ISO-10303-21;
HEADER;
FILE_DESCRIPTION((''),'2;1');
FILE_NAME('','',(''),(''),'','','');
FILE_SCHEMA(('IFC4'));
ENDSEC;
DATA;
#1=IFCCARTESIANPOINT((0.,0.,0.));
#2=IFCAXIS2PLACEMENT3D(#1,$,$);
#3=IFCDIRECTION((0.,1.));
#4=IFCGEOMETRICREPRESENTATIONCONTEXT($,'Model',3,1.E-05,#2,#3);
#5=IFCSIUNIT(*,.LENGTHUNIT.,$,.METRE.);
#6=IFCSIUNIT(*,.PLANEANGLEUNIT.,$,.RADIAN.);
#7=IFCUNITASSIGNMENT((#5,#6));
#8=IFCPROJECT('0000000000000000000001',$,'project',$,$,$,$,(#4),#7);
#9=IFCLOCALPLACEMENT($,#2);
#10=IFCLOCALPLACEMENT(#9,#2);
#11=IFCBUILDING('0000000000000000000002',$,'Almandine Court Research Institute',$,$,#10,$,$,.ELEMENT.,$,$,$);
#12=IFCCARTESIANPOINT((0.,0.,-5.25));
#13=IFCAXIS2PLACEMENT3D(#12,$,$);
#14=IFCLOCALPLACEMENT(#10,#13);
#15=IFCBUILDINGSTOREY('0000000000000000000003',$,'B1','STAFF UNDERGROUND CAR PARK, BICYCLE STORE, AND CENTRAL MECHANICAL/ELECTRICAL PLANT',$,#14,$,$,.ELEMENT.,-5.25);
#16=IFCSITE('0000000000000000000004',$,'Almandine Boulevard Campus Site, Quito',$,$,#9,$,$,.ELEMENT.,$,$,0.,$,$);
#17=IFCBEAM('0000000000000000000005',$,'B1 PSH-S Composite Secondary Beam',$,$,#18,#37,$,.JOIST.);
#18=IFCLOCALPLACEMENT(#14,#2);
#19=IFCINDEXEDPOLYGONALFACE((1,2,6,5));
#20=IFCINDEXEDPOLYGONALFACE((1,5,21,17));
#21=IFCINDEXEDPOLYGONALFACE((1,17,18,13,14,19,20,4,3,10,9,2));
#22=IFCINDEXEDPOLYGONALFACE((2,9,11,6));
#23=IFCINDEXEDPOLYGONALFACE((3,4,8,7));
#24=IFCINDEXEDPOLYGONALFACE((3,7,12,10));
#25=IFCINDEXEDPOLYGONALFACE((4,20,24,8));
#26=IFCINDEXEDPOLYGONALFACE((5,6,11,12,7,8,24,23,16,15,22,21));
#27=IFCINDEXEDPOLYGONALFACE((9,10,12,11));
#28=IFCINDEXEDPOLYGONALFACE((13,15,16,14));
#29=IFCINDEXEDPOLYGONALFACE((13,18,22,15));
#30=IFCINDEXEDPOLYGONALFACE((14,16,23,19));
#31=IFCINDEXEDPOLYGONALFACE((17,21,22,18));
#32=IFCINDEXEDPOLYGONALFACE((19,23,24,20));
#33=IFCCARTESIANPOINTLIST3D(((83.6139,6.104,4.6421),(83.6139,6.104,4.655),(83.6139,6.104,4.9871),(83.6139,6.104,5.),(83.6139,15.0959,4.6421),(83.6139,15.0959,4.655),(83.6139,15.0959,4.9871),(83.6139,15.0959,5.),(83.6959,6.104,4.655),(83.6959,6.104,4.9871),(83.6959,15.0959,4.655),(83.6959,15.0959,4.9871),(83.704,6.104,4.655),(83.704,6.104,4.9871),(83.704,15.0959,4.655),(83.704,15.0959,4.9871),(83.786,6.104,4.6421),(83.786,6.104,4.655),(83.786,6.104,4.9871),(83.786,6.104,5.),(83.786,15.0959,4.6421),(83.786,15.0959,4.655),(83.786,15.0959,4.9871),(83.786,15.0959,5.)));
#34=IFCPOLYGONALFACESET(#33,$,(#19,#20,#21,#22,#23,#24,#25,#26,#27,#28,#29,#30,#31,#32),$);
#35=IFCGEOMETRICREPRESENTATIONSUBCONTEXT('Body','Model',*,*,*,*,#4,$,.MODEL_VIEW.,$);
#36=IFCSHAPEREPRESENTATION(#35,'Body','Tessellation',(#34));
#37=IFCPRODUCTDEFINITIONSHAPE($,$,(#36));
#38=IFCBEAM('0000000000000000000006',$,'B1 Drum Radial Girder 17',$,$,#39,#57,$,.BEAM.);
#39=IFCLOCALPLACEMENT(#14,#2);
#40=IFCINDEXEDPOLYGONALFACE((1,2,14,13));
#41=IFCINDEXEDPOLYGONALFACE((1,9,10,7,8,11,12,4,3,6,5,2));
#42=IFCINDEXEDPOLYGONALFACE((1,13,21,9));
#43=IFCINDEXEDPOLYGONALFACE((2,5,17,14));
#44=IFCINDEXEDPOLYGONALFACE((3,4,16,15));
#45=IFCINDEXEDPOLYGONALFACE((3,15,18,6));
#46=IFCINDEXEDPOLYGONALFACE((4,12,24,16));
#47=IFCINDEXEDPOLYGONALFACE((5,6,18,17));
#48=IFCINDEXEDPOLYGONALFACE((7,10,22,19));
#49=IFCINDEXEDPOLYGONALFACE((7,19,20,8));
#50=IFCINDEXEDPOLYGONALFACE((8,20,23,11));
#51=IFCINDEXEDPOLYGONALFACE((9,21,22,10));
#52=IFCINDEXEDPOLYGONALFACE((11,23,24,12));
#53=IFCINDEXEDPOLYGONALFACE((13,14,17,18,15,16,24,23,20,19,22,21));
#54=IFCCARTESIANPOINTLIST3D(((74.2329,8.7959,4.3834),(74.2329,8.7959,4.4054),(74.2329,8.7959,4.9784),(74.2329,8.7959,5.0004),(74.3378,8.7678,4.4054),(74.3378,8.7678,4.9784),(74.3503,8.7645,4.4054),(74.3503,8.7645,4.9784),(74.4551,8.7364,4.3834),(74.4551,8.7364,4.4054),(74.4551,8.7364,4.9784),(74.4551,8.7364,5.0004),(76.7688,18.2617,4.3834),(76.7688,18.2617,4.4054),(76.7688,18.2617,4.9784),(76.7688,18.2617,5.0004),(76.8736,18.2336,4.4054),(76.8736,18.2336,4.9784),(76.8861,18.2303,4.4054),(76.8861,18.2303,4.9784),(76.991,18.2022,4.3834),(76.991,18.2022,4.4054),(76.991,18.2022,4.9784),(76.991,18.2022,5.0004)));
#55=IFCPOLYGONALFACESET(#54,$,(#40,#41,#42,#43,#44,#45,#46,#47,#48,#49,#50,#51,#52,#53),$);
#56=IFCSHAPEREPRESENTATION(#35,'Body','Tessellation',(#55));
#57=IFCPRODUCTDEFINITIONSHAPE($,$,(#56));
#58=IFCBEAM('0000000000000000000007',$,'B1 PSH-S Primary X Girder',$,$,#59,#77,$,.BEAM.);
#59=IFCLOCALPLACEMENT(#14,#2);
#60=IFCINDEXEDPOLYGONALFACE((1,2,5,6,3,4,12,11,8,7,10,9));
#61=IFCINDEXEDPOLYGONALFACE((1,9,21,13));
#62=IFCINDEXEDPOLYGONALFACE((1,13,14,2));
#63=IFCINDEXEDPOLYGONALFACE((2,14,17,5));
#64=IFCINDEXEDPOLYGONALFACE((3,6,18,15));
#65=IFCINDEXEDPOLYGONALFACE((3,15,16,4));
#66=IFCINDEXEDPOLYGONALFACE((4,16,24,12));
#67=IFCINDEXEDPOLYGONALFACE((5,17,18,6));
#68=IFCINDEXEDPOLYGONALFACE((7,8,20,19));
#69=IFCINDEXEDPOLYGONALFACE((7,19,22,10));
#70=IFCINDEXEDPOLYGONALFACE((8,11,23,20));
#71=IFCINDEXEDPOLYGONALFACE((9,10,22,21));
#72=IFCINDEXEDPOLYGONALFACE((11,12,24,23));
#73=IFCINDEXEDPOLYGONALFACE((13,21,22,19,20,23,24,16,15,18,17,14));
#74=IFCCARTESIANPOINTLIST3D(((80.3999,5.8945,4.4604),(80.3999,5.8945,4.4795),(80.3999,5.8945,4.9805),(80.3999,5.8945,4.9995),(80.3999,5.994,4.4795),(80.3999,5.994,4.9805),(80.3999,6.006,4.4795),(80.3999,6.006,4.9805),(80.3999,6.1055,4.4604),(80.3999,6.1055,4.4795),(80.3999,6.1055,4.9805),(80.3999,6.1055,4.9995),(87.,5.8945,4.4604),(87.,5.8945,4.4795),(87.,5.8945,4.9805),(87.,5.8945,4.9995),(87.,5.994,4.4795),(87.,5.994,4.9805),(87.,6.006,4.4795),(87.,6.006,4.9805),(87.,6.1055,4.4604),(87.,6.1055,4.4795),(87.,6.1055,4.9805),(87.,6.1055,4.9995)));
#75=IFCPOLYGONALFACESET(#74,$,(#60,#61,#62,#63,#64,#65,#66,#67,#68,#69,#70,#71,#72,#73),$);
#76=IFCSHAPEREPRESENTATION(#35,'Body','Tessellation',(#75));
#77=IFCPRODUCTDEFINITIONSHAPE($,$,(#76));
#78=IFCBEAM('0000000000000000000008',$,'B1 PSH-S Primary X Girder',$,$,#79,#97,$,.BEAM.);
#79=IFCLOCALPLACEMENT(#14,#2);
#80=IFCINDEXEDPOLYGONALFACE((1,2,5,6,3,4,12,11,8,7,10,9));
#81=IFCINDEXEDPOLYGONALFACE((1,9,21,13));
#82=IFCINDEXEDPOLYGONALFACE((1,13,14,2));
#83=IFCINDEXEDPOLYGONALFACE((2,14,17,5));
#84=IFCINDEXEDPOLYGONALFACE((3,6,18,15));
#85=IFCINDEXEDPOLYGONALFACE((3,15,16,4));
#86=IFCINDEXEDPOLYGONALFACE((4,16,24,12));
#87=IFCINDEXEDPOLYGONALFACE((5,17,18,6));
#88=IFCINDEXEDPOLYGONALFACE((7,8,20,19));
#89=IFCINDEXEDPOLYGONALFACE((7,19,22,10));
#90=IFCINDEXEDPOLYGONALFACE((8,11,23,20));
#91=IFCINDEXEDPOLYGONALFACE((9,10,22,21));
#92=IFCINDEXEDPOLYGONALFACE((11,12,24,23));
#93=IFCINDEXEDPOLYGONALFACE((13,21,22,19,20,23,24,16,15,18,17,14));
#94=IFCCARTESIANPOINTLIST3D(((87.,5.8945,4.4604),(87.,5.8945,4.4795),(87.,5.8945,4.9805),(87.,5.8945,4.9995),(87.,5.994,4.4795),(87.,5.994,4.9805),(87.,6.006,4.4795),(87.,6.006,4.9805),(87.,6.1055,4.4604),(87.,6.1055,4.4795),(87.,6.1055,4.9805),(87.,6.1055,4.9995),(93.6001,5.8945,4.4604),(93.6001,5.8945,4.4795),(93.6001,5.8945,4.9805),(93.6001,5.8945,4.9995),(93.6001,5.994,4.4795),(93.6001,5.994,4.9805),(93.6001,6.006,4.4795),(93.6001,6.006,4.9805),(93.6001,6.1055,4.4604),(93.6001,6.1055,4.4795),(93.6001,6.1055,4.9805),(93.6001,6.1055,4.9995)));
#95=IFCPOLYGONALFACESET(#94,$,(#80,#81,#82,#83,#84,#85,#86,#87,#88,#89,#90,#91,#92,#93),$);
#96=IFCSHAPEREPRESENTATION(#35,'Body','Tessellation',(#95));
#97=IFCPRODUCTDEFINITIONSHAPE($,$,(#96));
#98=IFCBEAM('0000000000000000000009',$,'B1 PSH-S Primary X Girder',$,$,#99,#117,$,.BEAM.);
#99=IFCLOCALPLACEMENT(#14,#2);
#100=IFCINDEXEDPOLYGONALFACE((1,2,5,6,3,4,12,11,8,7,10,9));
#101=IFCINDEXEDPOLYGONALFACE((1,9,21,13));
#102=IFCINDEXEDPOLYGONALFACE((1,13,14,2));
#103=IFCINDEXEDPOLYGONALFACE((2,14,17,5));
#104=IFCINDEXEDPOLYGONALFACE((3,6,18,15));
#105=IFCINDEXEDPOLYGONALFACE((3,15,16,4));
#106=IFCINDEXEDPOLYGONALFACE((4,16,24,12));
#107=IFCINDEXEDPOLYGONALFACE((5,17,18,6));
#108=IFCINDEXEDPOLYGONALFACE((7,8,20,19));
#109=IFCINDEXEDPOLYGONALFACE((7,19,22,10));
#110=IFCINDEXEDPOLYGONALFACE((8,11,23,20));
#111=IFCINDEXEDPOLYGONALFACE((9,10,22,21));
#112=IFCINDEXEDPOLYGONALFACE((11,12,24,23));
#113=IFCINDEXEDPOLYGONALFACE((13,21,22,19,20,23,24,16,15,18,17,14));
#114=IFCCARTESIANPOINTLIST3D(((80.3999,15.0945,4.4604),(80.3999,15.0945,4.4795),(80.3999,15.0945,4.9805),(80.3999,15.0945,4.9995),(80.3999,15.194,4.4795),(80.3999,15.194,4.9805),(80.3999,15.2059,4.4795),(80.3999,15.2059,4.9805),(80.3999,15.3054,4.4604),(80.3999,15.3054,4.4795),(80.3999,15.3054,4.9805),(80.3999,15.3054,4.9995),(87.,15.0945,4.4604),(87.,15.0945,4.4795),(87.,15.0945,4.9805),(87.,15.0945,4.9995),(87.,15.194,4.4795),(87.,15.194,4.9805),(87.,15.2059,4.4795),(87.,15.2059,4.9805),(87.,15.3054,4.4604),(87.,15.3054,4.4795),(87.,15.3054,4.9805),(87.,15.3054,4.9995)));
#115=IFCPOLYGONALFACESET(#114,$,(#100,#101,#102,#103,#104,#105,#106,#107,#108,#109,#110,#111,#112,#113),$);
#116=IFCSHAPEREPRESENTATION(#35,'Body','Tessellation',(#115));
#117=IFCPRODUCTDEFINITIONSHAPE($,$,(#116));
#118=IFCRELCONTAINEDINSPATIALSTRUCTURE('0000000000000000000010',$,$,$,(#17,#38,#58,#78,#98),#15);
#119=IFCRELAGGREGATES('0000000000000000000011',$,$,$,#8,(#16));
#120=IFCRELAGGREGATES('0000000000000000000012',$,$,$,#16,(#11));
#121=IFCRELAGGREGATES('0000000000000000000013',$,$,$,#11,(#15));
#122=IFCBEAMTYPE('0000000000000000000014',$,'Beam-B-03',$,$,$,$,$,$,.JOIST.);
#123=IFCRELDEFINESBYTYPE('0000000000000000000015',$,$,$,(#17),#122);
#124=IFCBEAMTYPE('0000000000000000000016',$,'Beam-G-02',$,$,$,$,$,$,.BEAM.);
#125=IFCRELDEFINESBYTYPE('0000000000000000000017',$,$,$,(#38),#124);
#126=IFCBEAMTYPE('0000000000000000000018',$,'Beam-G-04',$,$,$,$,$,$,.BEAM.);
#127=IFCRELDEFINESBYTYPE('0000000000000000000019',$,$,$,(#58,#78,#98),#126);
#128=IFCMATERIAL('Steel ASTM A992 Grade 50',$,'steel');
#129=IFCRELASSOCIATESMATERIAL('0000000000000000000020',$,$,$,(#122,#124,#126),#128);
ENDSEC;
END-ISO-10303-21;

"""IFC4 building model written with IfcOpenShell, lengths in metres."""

from ifc_helpers import new_model, si_unit, direction, frame, origin, origin_2d, place, context, subcontext, project, spatial, i_section, extrude, material, material_profile, profile_set, type_object, element, save


model = new_model("IFC4")

# Units and contexts
model_context = context("Model", 3, precision=1e-05, world=origin(), true_north=direction((0.0, 1.0)))
body_context = subcontext(model_context, "Body", "Model", "MODEL_VIEW")
ifc_project = project(units=[si_unit("LENGTHUNIT", "METRE"), si_unit("PLANEANGLEUNIT", "RADIAN")], contexts=[model_context])

# Site, building, storey
site_placement = place(None, origin())
site = spatial("IfcSite", under=ifc_project, at=site_placement, Name="Almandine Boulevard Campus Site, Quito", CompositionType="ELEMENT", RefElevation=0.0)
building_placement = place(site_placement, origin())
building = spatial("IfcBuilding", under=site, at=building_placement, Name="Almandine Court Research Institute", CompositionType="ELEMENT")
storey_placement = place(building_placement, frame((0.0, 0.0, -5.25)))
storey = spatial("IfcBuildingStorey", under=building, at=storey_placement, Name="B1", Description="STAFF UNDERGROUND CAR PARK, BICYCLE STORE, AND CENTRAL MECHANICAL/ELECTRICAL PLANT", CompositionType="ELEMENT", Elevation=-5.25)

# Beams
ifc_material_1 = material(Name="Steel ASTM A992 Grade 50", Category="steel")
ifc_material_profile_1 = material_profile(ifc_material_1, i_section(OverallWidth=0.1721, OverallDepth=0.3579, WebThickness=0.0081, FlangeThickness=0.0129, at=origin_2d()), Name="W360x57")
ifc_profile_set_1 = profile_set([ifc_material_profile_1], Name="Steel ASTM A992 Grade 50")
beam_type_1 = type_object("IfcBeamType", Name="Beam-B-03", PredefinedType="JOIST", material=ifc_profile_set_1)
beam_1_placement = place(storey_placement, frame((83.7, 6.104, 4.821), z_axis=(0.0, 1.0, 0.0), x_axis=(-1.0, 0.0, 0.0)))
element("IfcBeam", 1, at=beam_1_placement, inside=storey, type_object=beam_type_1, Name="B1 PSH-S Composite Secondary Beam", PredefinedType="JOIST", context=body_context, shape_type="SweptSolid", body=[
    extrude(i_section(OverallWidth=0.1721, OverallDepth=0.3579, WebThickness=0.0081, FlangeThickness=0.0129, at=origin_2d()), origin(), (0.0, 0.0, 1.0), 8.9919),
])
ifc_material_profile_2 = material_profile(ifc_material_1, i_section(OverallWidth=0.23, OverallDepth=0.6169, WebThickness=0.0129, FlangeThickness=0.022, at=origin_2d()), Name="W610x140")
ifc_profile_set_2 = profile_set([ifc_material_profile_2], Name="Steel ASTM A992 Grade 50")
beam_type_2 = type_object("IfcBeamType", Name="Beam-G-02", PredefinedType="BEAM", material=ifc_profile_set_2)
beam_2_placement = place(storey_placement, frame((76.8799, 18.2319, 4.6919), z_axis=(-0.258774, -0.965938, 0.0), x_axis=(0.965938, -0.258774, 0.0)))
element("IfcBeam", 2, at=beam_2_placement, inside=storey, type_object=beam_type_2, Name="B1 Drum Radial Girder 17", PredefinedType="BEAM", context=body_context, shape_type="SweptSolid", body=[
    extrude(i_section(OverallWidth=0.23, OverallDepth=0.6169, WebThickness=0.0129, FlangeThickness=0.022, at=origin_2d()), origin(), (0.0, 0.0, 1.0), 9.7996),
])
ifc_material_profile_3 = material_profile(ifc_material_1, i_section(OverallWidth=0.2109, OverallDepth=0.5391, WebThickness=0.012, FlangeThickness=0.019, at=origin_2d()), Name="W530x109")
ifc_profile_set_3 = profile_set([ifc_material_profile_3], Name="Steel ASTM A992 Grade 50")
beam_type_3 = type_object("IfcBeamType", Name="Beam-G-04", PredefinedType="BEAM", material=ifc_profile_set_3)
for number, where, z_axis, x_axis, name in (
    (3, (80.3999, 6.0, 4.73), (1.0, 0.0, 0.0), (0.0, 1.0, 0.0), "B1 PSH-S Primary X Girder"),
    (4, (87.0, 6.0, 4.73), (1.0, 0.0, 0.0), (0.0, 1.0, 0.0), "B1 PSH-S Primary X Girder"),
    (5, (80.3999, 15.2, 4.73), (1.0, 0.0, 0.0), (0.0, 1.0, 0.0), "B1 PSH-S Primary X Girder"),
):
    element("IfcBeam", number, at=place(storey_placement, frame(where, z_axis=z_axis, x_axis=x_axis)), inside=storey, type_object=beam_type_3, Name=name, PredefinedType="BEAM", context=body_context, shape_type="SweptSolid", body=[
        extrude(i_section(OverallWidth=0.2109, OverallDepth=0.5391, WebThickness=0.012, FlangeThickness=0.019, at=origin_2d()), origin(), (0.0, 0.0, 1.0), 6.6001),
    ])

save(model, "model.ifc")
